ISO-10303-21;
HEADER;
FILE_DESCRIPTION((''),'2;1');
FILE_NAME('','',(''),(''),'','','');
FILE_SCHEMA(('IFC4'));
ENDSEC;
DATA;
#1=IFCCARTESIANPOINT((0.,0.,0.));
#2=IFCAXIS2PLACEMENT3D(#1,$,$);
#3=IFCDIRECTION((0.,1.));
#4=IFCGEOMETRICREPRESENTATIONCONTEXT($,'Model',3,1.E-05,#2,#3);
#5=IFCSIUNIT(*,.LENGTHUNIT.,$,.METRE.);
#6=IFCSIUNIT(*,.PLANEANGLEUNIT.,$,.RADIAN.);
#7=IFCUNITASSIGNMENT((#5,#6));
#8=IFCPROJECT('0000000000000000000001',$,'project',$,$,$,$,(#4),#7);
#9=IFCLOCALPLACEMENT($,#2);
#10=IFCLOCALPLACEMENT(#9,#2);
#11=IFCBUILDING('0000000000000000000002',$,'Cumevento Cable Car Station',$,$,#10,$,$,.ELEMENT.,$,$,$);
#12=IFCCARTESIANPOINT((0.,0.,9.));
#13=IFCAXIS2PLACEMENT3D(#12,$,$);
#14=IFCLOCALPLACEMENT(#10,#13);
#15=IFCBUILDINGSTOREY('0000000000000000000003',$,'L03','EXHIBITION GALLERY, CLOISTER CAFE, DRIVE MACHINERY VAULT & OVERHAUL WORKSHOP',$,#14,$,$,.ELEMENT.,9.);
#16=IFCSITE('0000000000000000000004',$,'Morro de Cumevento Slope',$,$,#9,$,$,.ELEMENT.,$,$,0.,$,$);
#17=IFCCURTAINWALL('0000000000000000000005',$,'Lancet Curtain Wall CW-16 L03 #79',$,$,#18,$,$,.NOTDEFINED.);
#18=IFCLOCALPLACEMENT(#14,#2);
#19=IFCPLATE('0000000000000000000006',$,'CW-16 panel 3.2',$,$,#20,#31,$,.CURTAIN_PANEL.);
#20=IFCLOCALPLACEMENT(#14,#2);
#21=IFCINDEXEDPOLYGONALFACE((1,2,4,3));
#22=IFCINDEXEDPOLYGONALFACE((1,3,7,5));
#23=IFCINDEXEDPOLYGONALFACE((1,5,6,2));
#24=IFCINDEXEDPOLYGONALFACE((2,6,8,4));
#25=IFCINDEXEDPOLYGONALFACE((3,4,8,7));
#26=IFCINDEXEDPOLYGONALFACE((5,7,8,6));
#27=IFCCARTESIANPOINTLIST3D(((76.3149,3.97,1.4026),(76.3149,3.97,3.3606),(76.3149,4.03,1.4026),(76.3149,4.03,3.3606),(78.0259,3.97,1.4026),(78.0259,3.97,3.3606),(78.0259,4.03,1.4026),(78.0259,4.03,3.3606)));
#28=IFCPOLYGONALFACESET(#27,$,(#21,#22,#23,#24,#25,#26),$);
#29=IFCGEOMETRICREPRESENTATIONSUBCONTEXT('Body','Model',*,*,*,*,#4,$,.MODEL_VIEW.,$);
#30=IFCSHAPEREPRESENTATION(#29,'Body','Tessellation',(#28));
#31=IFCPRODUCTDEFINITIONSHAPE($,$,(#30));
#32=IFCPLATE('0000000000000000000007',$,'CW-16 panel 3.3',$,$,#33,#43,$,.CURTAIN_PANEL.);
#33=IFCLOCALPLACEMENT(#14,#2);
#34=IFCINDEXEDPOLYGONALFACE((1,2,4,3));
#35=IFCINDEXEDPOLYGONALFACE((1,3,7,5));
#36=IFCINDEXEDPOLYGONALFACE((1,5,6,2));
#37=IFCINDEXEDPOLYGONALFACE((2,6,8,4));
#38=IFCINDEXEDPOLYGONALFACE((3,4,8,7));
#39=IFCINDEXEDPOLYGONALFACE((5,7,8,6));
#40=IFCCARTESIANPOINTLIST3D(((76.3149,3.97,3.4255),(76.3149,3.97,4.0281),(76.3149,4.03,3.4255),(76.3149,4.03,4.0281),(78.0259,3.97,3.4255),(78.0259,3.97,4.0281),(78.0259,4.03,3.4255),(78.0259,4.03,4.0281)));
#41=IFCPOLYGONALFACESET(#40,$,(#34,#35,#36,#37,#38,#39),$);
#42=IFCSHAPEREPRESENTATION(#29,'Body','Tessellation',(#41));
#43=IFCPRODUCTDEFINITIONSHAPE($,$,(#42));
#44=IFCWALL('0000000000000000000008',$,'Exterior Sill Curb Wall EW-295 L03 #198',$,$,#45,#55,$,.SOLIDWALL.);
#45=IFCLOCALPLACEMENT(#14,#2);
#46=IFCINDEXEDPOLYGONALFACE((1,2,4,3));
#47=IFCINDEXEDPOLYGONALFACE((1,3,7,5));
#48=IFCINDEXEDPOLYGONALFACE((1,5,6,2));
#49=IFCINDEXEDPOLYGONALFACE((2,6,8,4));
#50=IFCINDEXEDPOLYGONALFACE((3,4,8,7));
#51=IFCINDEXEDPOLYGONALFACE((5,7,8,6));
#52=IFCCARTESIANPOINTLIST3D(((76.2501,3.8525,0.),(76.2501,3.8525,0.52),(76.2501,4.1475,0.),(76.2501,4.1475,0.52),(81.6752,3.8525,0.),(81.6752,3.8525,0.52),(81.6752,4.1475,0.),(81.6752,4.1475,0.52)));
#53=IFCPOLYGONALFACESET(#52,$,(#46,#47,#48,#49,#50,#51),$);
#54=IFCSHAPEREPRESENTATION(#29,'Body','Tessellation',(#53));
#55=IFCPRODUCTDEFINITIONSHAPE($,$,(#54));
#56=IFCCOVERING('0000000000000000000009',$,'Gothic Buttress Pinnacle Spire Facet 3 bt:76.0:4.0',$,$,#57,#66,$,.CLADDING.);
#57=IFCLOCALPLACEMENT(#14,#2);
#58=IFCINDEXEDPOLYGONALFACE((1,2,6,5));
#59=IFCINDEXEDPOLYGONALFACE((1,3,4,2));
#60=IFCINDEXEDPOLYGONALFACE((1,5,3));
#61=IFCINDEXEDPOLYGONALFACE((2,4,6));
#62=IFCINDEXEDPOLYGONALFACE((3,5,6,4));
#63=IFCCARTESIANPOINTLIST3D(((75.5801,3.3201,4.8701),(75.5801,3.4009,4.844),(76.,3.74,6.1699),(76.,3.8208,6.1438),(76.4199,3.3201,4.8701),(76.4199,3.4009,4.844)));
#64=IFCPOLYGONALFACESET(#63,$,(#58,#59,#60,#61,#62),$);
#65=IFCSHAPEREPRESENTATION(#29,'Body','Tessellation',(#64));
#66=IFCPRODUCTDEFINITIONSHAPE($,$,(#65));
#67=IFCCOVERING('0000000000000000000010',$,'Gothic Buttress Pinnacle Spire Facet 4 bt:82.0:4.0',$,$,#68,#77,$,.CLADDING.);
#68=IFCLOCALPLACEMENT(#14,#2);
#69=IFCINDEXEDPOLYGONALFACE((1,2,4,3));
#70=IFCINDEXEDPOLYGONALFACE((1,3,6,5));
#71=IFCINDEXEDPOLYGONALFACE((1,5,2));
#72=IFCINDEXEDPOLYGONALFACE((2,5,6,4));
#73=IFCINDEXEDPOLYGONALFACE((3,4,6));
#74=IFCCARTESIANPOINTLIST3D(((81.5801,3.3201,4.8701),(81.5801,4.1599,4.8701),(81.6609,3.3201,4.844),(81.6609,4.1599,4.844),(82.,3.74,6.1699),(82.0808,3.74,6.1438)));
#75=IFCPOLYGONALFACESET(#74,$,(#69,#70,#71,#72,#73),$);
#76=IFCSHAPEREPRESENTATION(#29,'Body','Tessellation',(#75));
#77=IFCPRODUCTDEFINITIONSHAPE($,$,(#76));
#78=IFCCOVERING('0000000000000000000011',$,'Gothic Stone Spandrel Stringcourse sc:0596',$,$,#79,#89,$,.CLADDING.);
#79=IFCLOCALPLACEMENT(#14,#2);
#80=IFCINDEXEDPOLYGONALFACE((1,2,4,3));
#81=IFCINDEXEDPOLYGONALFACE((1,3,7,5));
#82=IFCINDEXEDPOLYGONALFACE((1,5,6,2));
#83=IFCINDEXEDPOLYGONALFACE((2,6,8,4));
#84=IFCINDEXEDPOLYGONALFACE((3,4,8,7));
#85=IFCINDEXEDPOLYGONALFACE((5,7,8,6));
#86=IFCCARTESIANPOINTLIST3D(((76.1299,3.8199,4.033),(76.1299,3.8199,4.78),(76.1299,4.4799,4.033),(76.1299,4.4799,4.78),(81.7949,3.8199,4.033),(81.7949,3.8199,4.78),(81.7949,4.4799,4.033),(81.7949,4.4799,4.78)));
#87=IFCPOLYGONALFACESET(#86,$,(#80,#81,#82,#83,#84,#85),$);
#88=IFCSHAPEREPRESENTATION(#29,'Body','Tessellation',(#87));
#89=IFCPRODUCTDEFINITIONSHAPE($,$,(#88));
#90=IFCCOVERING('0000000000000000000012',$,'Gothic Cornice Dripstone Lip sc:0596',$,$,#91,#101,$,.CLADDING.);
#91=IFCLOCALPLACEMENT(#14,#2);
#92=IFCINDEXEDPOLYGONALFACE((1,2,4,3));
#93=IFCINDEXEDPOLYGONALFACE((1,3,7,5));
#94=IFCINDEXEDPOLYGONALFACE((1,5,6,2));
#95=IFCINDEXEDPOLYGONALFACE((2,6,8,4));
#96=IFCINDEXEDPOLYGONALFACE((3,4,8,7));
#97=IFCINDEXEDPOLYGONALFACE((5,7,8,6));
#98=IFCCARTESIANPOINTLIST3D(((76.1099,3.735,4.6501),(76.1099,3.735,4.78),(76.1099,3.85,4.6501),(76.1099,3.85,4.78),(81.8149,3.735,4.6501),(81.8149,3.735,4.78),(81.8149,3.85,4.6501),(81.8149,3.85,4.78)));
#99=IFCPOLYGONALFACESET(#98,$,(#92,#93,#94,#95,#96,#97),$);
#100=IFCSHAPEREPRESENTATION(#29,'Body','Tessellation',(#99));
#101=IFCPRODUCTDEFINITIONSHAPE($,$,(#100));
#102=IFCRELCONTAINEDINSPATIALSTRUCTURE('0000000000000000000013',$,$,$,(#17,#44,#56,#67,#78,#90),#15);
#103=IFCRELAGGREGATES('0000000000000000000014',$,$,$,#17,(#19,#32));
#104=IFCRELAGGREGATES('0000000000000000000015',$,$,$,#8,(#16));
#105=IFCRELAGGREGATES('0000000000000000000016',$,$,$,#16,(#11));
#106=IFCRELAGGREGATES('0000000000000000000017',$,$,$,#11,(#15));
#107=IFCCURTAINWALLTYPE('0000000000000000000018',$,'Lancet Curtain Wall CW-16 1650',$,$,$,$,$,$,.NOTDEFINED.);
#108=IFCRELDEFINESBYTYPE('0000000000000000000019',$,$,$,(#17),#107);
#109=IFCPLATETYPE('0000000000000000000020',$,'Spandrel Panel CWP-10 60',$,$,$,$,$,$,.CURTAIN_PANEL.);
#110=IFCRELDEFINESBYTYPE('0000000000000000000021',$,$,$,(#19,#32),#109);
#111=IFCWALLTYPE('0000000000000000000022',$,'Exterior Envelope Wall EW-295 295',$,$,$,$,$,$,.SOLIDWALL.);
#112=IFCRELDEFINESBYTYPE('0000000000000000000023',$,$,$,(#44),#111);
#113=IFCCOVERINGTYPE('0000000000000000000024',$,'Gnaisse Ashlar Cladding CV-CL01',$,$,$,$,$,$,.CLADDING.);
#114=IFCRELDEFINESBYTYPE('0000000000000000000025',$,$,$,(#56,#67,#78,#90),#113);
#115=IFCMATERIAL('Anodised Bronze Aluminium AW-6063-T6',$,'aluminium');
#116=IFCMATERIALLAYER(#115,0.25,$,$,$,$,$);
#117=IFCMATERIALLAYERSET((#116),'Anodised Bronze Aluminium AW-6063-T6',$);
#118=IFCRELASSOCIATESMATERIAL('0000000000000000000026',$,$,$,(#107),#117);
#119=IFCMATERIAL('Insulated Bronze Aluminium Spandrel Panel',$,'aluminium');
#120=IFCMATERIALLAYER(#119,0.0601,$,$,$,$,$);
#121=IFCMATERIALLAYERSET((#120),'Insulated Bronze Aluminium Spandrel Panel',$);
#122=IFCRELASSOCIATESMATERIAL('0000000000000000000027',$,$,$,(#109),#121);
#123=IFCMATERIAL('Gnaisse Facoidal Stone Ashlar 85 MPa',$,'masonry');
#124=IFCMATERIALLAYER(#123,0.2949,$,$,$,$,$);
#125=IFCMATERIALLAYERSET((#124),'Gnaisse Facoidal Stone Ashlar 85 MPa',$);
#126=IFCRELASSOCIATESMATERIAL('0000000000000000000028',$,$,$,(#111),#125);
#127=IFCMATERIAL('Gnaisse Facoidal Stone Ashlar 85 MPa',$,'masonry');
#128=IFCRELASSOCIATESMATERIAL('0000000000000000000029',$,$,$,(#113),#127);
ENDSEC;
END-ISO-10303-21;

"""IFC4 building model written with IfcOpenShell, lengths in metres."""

from ifc_helpers import new_model, si_unit, direction, frame, frame_2d, origin, origin_2d, place, context, subcontext, project, spatial, polyline, rectangle, outline, extrude, material, layer, layer_set, type_object, element, aggregate, save


model = new_model("IFC4")

# Units and contexts
model_context = context("Model", 3, precision=1e-05, world=origin(), true_north=direction((0.0, 1.0)))
body_context = subcontext(model_context, "Body", "Model", "MODEL_VIEW")
ifc_project = project(units=[si_unit("LENGTHUNIT", "METRE"), si_unit("PLANEANGLEUNIT", "RADIAN")], contexts=[model_context])

# Site, building, storey
site_placement = place(None, origin())
site = spatial("IfcSite", under=ifc_project, at=site_placement, Name="Morro de Cumevento Slope", CompositionType="ELEMENT", RefElevation=0.0)
building_placement = place(site_placement, origin())
building = spatial("IfcBuilding", under=site, at=building_placement, Name="Cumevento Cable Car Station", CompositionType="ELEMENT")
storey_placement = place(building_placement, frame((0.0, 0.0, 9.0)))
storey = spatial("IfcBuildingStorey", under=building, at=storey_placement, Name="L03", Description="EXHIBITION GALLERY, CLOISTER CAFE, DRIVE MACHINERY VAULT & OVERHAUL WORKSHOP", CompositionType="ELEMENT", Elevation=9.0)

# Curtain wall, plates
ifc_material_1 = material(Name="Anodised Bronze Aluminium AW-6063-T6", Category="aluminium")
ifc_layer_1 = layer(ifc_material_1, 0.25)
ifc_layer_set_1 = layer_set([ifc_layer_1], Name="Anodised Bronze Aluminium AW-6063-T6")
curtain_wall_type = type_object("IfcCurtainWallType", Name="Lancet Curtain Wall CW-16 1650", PredefinedType="NOTDEFINED", material=ifc_layer_set_1)
curtain_wall_placement = place(storey_placement, origin())
curtain_wall = element("IfcCurtainWall", 1, at=curtain_wall_placement, inside=storey, type_object=curtain_wall_type, Name="Lancet Curtain Wall CW-16 L03 #79", PredefinedType="NOTDEFINED")
ifc_material_2 = material(Name="Insulated Bronze Aluminium Spandrel Panel", Category="aluminium")
ifc_layer_2 = layer(ifc_material_2, 0.0601)
ifc_layer_set_2 = layer_set([ifc_layer_2], Name="Insulated Bronze Aluminium Spandrel Panel")
plate_type = type_object("IfcPlateType", Name="Spandrel Panel CWP-10 60", PredefinedType="CURTAIN_PANEL", material=ifc_layer_set_2)
plate_1_placement = place(storey_placement, frame((77.1704, 4.0, 1.4026), z_axis=(0.0, 0.0, 1.0), x_axis=(-1.0, 0.0, 0.0)))
plate_1 = element("IfcPlate", 2, at=plate_1_placement, type_object=plate_type, Name="CW-16 panel 3.2", PredefinedType="CURTAIN_PANEL", context=body_context, shape_type="SweptSolid", body=[
    extrude(rectangle(XDim=1.7109, YDim=0.0601, at=origin_2d()), origin(), (0.0, 0.0, 1.0), 1.958),
])
plate_2_placement = place(storey_placement, frame((77.1704, 4.0, 3.4255), z_axis=(0.0, 0.0, 1.0), x_axis=(-1.0, 0.0, 0.0)))
plate_2 = element("IfcPlate", 3, at=plate_2_placement, type_object=plate_type, Name="CW-16 panel 3.3", PredefinedType="CURTAIN_PANEL", context=body_context, shape_type="SweptSolid", body=[
    extrude(rectangle(XDim=1.7109, YDim=0.0601, at=origin_2d()), origin(), (0.0, 0.0, 1.0), 0.6025),
])
aggregate(curtain_wall, [plate_1, plate_2])

# Wall
ifc_material_3 = material(Name="Gnaisse Facoidal Stone Ashlar 85 MPa", Category="masonry")
ifc_layer_3 = layer(ifc_material_3, 0.2949)
ifc_layer_set_3 = layer_set([ifc_layer_3], Name="Gnaisse Facoidal Stone Ashlar 85 MPa")
wall_type = type_object("IfcWallType", Name="Exterior Envelope Wall EW-295 295", PredefinedType="SOLIDWALL", material=ifc_layer_set_3)
wall_placement = place(storey_placement, frame((81.675, 4.0, 0.0), z_axis=(0.0, 0.0, 1.0), x_axis=(-1.0, 0.0, 0.0)))
element("IfcWall", 4, at=wall_placement, inside=storey, type_object=wall_type, Name="Exterior Sill Curb Wall EW-295 L03 #198", PredefinedType="SOLIDWALL", context=body_context, shape_type="SweptSolid", body=[
    extrude(rectangle(XDim=5.425, YDim=0.2949, at=frame_2d((2.7124, 0.0))), origin(), (0.0, 0.0, 1.0), 0.52),
])

# Coverings
ifc_material_4 = material(Name="Gnaisse Facoidal Stone Ashlar 85 MPa", Category="masonry")
covering_type = type_object("IfcCoveringType", Name="Gnaisse Ashlar Cladding CV-CL01", PredefinedType="CLADDING", material=ifc_material_4)
for number, where, z_axis, x_axis, name in (
    (5, (76.4199, 3.3201, 4.8701), (0.0, -0.951574, 0.307421), (-1.0, 0.0, 0.0), "Gothic Buttress Pinnacle Spire Facet 3 bt:76.0:4.0"),
    (6, (81.5801, 3.3201, 4.8701), (-0.951574, 0.0, 0.307421), (0.0, 1.0, 0.0), "Gothic Buttress Pinnacle Spire Facet 4 bt:82.0:4.0"),
):
    element("IfcCovering", number, at=place(storey_placement, frame(where, z_axis=z_axis, x_axis=x_axis)), inside=storey, type_object=covering_type, Name=name, PredefinedType="CLADDING", context=body_context, shape_type="SweptSolid", body=[
        extrude(outline(polyline([(0.0, 0.0), (0.8398, 0.0), (0.4199, -1.366), (0.0, 0.0)])), origin(), (0.0, 0.0, -1.0), 0.085),
    ])
covering_1_placement = place(storey_placement, frame((78.9624, 4.1499, 4.033), z_axis=(0.0, 0.0, 1.0), x_axis=(-1.0, 0.0, 0.0)))
element("IfcCovering", 7, at=covering_1_placement, inside=storey, type_object=covering_type, Name="Gothic Stone Spandrel Stringcourse sc:0596", PredefinedType="CLADDING", context=body_context, shape_type="SweptSolid", body=[
    extrude(rectangle(XDim=5.665, YDim=0.6599, at=origin_2d()), origin(), (0.0, 0.0, 1.0), 0.7471),
])
covering_2_placement = place(storey_placement, frame((78.9624, 3.7925, 4.6501), z_axis=(0.0, 0.0, 1.0), x_axis=(-1.0, 0.0, 0.0)))
element("IfcCovering", 8, at=covering_2_placement, inside=storey, type_object=covering_type, Name="Gothic Cornice Dripstone Lip sc:0596", PredefinedType="CLADDING", context=body_context, shape_type="SweptSolid", body=[
    extrude(rectangle(XDim=5.7051, YDim=0.115, at=origin_2d()), origin(), (0.0, 0.0, 1.0), 0.1299),
])

save(model, "model.ifc")
